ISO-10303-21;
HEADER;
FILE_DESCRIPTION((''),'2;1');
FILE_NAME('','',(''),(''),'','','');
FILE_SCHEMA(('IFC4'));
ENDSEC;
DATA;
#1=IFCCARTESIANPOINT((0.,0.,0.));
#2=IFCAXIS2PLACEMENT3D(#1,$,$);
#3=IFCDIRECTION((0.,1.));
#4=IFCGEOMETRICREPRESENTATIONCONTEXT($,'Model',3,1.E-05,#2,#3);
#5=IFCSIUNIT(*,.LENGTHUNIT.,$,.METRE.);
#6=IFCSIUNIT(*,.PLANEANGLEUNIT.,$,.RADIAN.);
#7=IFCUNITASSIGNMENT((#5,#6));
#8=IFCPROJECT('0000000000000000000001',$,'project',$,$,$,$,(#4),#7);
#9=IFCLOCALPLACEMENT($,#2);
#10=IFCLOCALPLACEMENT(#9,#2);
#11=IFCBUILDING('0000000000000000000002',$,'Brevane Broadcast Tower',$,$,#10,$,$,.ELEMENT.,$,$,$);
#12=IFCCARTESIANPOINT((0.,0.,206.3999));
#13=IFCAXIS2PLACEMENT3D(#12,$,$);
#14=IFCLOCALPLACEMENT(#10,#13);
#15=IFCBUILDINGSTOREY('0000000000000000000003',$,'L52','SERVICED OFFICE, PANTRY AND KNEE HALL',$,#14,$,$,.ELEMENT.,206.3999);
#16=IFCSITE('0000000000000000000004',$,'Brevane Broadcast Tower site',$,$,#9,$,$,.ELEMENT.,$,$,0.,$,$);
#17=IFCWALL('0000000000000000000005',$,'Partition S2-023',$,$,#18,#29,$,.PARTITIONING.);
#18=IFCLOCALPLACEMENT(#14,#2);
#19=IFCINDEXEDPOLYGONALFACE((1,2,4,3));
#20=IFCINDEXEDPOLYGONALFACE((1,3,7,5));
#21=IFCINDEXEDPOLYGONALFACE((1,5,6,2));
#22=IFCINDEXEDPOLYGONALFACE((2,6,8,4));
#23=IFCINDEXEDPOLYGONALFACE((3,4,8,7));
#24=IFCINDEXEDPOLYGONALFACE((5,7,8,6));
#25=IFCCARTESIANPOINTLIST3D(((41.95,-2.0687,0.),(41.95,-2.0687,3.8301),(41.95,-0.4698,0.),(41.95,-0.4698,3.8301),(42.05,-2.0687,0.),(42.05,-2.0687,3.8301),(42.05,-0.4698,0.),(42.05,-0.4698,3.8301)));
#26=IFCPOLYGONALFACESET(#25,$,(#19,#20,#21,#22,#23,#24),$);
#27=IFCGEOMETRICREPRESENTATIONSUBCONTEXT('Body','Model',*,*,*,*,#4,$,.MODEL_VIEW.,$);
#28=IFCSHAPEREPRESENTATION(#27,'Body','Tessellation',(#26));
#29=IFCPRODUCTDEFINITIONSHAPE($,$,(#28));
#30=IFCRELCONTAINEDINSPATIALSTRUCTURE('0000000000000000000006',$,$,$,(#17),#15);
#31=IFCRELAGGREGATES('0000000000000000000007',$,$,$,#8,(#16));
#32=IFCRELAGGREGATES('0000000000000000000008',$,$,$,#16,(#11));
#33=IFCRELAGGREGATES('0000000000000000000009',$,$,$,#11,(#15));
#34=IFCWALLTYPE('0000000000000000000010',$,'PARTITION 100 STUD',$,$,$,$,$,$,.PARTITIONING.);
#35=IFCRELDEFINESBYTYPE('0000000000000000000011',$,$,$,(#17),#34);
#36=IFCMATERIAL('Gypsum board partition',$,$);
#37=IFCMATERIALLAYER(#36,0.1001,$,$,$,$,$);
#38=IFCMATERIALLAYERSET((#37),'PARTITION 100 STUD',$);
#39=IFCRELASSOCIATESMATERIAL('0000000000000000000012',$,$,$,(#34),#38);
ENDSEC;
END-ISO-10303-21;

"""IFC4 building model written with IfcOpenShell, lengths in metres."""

from ifc_helpers import new_model, si_unit, direction, frame, frame_2d, origin, place, context, subcontext, project, spatial, rectangle, extrude, material, layer, layer_set, type_object, element, save


model = new_model("IFC4")

# Units and contexts
model_context = context("Model", 3, precision=1e-05, world=origin(), true_north=direction((0.0, 1.0)))
body_context = subcontext(model_context, "Body", "Model", "MODEL_VIEW")
ifc_project = project(units=[si_unit("LENGTHUNIT", "METRE"), si_unit("PLANEANGLEUNIT", "RADIAN")], contexts=[model_context])

# Site, building, storey
site_placement = place(None, origin())
site = spatial("IfcSite", under=ifc_project, at=site_placement, Name="Brevane Broadcast Tower site", CompositionType="ELEMENT", RefElevation=0.0)
building_placement = place(site_placement, origin())
building = spatial("IfcBuilding", under=site, at=building_placement, Name="Brevane Broadcast Tower", CompositionType="ELEMENT")
storey_placement = place(building_placement, frame((0.0, 0.0, 206.3999)))
storey = spatial("IfcBuildingStorey", under=building, at=storey_placement, Name="L52", Description="SERVICED OFFICE, PANTRY AND KNEE HALL", CompositionType="ELEMENT", Elevation=206.3999)

# Wall
ifc_material_1 = material(Name="Gypsum board partition")
ifc_layer = layer(ifc_material_1, 0.1001)
ifc_layer_set = layer_set([ifc_layer], Name="PARTITION 100 STUD")
wall_type = type_object("IfcWallType", Name="PARTITION 100 STUD", PredefinedType="PARTITIONING", material=ifc_layer_set)
wall_1_placement = place(storey_placement, frame((42.0, -0.47, 0.0), z_axis=(0.0, 0.0, 1.0), x_axis=(0.0, -1.0, 0.0)))
element("IfcWall", 1, at=wall_1_placement, inside=storey, type_object=wall_type, Name="Partition S2-023", PredefinedType="PARTITIONING", context=body_context, shape_type="SweptSolid", body=[
    extrude(rectangle(XDim=1.5989, YDim=0.1001, at=frame_2d((0.7993, 0.0))), origin(), (0.0, 0.0, 1.0), 3.8301),
])

save(model, "model.ifc")
